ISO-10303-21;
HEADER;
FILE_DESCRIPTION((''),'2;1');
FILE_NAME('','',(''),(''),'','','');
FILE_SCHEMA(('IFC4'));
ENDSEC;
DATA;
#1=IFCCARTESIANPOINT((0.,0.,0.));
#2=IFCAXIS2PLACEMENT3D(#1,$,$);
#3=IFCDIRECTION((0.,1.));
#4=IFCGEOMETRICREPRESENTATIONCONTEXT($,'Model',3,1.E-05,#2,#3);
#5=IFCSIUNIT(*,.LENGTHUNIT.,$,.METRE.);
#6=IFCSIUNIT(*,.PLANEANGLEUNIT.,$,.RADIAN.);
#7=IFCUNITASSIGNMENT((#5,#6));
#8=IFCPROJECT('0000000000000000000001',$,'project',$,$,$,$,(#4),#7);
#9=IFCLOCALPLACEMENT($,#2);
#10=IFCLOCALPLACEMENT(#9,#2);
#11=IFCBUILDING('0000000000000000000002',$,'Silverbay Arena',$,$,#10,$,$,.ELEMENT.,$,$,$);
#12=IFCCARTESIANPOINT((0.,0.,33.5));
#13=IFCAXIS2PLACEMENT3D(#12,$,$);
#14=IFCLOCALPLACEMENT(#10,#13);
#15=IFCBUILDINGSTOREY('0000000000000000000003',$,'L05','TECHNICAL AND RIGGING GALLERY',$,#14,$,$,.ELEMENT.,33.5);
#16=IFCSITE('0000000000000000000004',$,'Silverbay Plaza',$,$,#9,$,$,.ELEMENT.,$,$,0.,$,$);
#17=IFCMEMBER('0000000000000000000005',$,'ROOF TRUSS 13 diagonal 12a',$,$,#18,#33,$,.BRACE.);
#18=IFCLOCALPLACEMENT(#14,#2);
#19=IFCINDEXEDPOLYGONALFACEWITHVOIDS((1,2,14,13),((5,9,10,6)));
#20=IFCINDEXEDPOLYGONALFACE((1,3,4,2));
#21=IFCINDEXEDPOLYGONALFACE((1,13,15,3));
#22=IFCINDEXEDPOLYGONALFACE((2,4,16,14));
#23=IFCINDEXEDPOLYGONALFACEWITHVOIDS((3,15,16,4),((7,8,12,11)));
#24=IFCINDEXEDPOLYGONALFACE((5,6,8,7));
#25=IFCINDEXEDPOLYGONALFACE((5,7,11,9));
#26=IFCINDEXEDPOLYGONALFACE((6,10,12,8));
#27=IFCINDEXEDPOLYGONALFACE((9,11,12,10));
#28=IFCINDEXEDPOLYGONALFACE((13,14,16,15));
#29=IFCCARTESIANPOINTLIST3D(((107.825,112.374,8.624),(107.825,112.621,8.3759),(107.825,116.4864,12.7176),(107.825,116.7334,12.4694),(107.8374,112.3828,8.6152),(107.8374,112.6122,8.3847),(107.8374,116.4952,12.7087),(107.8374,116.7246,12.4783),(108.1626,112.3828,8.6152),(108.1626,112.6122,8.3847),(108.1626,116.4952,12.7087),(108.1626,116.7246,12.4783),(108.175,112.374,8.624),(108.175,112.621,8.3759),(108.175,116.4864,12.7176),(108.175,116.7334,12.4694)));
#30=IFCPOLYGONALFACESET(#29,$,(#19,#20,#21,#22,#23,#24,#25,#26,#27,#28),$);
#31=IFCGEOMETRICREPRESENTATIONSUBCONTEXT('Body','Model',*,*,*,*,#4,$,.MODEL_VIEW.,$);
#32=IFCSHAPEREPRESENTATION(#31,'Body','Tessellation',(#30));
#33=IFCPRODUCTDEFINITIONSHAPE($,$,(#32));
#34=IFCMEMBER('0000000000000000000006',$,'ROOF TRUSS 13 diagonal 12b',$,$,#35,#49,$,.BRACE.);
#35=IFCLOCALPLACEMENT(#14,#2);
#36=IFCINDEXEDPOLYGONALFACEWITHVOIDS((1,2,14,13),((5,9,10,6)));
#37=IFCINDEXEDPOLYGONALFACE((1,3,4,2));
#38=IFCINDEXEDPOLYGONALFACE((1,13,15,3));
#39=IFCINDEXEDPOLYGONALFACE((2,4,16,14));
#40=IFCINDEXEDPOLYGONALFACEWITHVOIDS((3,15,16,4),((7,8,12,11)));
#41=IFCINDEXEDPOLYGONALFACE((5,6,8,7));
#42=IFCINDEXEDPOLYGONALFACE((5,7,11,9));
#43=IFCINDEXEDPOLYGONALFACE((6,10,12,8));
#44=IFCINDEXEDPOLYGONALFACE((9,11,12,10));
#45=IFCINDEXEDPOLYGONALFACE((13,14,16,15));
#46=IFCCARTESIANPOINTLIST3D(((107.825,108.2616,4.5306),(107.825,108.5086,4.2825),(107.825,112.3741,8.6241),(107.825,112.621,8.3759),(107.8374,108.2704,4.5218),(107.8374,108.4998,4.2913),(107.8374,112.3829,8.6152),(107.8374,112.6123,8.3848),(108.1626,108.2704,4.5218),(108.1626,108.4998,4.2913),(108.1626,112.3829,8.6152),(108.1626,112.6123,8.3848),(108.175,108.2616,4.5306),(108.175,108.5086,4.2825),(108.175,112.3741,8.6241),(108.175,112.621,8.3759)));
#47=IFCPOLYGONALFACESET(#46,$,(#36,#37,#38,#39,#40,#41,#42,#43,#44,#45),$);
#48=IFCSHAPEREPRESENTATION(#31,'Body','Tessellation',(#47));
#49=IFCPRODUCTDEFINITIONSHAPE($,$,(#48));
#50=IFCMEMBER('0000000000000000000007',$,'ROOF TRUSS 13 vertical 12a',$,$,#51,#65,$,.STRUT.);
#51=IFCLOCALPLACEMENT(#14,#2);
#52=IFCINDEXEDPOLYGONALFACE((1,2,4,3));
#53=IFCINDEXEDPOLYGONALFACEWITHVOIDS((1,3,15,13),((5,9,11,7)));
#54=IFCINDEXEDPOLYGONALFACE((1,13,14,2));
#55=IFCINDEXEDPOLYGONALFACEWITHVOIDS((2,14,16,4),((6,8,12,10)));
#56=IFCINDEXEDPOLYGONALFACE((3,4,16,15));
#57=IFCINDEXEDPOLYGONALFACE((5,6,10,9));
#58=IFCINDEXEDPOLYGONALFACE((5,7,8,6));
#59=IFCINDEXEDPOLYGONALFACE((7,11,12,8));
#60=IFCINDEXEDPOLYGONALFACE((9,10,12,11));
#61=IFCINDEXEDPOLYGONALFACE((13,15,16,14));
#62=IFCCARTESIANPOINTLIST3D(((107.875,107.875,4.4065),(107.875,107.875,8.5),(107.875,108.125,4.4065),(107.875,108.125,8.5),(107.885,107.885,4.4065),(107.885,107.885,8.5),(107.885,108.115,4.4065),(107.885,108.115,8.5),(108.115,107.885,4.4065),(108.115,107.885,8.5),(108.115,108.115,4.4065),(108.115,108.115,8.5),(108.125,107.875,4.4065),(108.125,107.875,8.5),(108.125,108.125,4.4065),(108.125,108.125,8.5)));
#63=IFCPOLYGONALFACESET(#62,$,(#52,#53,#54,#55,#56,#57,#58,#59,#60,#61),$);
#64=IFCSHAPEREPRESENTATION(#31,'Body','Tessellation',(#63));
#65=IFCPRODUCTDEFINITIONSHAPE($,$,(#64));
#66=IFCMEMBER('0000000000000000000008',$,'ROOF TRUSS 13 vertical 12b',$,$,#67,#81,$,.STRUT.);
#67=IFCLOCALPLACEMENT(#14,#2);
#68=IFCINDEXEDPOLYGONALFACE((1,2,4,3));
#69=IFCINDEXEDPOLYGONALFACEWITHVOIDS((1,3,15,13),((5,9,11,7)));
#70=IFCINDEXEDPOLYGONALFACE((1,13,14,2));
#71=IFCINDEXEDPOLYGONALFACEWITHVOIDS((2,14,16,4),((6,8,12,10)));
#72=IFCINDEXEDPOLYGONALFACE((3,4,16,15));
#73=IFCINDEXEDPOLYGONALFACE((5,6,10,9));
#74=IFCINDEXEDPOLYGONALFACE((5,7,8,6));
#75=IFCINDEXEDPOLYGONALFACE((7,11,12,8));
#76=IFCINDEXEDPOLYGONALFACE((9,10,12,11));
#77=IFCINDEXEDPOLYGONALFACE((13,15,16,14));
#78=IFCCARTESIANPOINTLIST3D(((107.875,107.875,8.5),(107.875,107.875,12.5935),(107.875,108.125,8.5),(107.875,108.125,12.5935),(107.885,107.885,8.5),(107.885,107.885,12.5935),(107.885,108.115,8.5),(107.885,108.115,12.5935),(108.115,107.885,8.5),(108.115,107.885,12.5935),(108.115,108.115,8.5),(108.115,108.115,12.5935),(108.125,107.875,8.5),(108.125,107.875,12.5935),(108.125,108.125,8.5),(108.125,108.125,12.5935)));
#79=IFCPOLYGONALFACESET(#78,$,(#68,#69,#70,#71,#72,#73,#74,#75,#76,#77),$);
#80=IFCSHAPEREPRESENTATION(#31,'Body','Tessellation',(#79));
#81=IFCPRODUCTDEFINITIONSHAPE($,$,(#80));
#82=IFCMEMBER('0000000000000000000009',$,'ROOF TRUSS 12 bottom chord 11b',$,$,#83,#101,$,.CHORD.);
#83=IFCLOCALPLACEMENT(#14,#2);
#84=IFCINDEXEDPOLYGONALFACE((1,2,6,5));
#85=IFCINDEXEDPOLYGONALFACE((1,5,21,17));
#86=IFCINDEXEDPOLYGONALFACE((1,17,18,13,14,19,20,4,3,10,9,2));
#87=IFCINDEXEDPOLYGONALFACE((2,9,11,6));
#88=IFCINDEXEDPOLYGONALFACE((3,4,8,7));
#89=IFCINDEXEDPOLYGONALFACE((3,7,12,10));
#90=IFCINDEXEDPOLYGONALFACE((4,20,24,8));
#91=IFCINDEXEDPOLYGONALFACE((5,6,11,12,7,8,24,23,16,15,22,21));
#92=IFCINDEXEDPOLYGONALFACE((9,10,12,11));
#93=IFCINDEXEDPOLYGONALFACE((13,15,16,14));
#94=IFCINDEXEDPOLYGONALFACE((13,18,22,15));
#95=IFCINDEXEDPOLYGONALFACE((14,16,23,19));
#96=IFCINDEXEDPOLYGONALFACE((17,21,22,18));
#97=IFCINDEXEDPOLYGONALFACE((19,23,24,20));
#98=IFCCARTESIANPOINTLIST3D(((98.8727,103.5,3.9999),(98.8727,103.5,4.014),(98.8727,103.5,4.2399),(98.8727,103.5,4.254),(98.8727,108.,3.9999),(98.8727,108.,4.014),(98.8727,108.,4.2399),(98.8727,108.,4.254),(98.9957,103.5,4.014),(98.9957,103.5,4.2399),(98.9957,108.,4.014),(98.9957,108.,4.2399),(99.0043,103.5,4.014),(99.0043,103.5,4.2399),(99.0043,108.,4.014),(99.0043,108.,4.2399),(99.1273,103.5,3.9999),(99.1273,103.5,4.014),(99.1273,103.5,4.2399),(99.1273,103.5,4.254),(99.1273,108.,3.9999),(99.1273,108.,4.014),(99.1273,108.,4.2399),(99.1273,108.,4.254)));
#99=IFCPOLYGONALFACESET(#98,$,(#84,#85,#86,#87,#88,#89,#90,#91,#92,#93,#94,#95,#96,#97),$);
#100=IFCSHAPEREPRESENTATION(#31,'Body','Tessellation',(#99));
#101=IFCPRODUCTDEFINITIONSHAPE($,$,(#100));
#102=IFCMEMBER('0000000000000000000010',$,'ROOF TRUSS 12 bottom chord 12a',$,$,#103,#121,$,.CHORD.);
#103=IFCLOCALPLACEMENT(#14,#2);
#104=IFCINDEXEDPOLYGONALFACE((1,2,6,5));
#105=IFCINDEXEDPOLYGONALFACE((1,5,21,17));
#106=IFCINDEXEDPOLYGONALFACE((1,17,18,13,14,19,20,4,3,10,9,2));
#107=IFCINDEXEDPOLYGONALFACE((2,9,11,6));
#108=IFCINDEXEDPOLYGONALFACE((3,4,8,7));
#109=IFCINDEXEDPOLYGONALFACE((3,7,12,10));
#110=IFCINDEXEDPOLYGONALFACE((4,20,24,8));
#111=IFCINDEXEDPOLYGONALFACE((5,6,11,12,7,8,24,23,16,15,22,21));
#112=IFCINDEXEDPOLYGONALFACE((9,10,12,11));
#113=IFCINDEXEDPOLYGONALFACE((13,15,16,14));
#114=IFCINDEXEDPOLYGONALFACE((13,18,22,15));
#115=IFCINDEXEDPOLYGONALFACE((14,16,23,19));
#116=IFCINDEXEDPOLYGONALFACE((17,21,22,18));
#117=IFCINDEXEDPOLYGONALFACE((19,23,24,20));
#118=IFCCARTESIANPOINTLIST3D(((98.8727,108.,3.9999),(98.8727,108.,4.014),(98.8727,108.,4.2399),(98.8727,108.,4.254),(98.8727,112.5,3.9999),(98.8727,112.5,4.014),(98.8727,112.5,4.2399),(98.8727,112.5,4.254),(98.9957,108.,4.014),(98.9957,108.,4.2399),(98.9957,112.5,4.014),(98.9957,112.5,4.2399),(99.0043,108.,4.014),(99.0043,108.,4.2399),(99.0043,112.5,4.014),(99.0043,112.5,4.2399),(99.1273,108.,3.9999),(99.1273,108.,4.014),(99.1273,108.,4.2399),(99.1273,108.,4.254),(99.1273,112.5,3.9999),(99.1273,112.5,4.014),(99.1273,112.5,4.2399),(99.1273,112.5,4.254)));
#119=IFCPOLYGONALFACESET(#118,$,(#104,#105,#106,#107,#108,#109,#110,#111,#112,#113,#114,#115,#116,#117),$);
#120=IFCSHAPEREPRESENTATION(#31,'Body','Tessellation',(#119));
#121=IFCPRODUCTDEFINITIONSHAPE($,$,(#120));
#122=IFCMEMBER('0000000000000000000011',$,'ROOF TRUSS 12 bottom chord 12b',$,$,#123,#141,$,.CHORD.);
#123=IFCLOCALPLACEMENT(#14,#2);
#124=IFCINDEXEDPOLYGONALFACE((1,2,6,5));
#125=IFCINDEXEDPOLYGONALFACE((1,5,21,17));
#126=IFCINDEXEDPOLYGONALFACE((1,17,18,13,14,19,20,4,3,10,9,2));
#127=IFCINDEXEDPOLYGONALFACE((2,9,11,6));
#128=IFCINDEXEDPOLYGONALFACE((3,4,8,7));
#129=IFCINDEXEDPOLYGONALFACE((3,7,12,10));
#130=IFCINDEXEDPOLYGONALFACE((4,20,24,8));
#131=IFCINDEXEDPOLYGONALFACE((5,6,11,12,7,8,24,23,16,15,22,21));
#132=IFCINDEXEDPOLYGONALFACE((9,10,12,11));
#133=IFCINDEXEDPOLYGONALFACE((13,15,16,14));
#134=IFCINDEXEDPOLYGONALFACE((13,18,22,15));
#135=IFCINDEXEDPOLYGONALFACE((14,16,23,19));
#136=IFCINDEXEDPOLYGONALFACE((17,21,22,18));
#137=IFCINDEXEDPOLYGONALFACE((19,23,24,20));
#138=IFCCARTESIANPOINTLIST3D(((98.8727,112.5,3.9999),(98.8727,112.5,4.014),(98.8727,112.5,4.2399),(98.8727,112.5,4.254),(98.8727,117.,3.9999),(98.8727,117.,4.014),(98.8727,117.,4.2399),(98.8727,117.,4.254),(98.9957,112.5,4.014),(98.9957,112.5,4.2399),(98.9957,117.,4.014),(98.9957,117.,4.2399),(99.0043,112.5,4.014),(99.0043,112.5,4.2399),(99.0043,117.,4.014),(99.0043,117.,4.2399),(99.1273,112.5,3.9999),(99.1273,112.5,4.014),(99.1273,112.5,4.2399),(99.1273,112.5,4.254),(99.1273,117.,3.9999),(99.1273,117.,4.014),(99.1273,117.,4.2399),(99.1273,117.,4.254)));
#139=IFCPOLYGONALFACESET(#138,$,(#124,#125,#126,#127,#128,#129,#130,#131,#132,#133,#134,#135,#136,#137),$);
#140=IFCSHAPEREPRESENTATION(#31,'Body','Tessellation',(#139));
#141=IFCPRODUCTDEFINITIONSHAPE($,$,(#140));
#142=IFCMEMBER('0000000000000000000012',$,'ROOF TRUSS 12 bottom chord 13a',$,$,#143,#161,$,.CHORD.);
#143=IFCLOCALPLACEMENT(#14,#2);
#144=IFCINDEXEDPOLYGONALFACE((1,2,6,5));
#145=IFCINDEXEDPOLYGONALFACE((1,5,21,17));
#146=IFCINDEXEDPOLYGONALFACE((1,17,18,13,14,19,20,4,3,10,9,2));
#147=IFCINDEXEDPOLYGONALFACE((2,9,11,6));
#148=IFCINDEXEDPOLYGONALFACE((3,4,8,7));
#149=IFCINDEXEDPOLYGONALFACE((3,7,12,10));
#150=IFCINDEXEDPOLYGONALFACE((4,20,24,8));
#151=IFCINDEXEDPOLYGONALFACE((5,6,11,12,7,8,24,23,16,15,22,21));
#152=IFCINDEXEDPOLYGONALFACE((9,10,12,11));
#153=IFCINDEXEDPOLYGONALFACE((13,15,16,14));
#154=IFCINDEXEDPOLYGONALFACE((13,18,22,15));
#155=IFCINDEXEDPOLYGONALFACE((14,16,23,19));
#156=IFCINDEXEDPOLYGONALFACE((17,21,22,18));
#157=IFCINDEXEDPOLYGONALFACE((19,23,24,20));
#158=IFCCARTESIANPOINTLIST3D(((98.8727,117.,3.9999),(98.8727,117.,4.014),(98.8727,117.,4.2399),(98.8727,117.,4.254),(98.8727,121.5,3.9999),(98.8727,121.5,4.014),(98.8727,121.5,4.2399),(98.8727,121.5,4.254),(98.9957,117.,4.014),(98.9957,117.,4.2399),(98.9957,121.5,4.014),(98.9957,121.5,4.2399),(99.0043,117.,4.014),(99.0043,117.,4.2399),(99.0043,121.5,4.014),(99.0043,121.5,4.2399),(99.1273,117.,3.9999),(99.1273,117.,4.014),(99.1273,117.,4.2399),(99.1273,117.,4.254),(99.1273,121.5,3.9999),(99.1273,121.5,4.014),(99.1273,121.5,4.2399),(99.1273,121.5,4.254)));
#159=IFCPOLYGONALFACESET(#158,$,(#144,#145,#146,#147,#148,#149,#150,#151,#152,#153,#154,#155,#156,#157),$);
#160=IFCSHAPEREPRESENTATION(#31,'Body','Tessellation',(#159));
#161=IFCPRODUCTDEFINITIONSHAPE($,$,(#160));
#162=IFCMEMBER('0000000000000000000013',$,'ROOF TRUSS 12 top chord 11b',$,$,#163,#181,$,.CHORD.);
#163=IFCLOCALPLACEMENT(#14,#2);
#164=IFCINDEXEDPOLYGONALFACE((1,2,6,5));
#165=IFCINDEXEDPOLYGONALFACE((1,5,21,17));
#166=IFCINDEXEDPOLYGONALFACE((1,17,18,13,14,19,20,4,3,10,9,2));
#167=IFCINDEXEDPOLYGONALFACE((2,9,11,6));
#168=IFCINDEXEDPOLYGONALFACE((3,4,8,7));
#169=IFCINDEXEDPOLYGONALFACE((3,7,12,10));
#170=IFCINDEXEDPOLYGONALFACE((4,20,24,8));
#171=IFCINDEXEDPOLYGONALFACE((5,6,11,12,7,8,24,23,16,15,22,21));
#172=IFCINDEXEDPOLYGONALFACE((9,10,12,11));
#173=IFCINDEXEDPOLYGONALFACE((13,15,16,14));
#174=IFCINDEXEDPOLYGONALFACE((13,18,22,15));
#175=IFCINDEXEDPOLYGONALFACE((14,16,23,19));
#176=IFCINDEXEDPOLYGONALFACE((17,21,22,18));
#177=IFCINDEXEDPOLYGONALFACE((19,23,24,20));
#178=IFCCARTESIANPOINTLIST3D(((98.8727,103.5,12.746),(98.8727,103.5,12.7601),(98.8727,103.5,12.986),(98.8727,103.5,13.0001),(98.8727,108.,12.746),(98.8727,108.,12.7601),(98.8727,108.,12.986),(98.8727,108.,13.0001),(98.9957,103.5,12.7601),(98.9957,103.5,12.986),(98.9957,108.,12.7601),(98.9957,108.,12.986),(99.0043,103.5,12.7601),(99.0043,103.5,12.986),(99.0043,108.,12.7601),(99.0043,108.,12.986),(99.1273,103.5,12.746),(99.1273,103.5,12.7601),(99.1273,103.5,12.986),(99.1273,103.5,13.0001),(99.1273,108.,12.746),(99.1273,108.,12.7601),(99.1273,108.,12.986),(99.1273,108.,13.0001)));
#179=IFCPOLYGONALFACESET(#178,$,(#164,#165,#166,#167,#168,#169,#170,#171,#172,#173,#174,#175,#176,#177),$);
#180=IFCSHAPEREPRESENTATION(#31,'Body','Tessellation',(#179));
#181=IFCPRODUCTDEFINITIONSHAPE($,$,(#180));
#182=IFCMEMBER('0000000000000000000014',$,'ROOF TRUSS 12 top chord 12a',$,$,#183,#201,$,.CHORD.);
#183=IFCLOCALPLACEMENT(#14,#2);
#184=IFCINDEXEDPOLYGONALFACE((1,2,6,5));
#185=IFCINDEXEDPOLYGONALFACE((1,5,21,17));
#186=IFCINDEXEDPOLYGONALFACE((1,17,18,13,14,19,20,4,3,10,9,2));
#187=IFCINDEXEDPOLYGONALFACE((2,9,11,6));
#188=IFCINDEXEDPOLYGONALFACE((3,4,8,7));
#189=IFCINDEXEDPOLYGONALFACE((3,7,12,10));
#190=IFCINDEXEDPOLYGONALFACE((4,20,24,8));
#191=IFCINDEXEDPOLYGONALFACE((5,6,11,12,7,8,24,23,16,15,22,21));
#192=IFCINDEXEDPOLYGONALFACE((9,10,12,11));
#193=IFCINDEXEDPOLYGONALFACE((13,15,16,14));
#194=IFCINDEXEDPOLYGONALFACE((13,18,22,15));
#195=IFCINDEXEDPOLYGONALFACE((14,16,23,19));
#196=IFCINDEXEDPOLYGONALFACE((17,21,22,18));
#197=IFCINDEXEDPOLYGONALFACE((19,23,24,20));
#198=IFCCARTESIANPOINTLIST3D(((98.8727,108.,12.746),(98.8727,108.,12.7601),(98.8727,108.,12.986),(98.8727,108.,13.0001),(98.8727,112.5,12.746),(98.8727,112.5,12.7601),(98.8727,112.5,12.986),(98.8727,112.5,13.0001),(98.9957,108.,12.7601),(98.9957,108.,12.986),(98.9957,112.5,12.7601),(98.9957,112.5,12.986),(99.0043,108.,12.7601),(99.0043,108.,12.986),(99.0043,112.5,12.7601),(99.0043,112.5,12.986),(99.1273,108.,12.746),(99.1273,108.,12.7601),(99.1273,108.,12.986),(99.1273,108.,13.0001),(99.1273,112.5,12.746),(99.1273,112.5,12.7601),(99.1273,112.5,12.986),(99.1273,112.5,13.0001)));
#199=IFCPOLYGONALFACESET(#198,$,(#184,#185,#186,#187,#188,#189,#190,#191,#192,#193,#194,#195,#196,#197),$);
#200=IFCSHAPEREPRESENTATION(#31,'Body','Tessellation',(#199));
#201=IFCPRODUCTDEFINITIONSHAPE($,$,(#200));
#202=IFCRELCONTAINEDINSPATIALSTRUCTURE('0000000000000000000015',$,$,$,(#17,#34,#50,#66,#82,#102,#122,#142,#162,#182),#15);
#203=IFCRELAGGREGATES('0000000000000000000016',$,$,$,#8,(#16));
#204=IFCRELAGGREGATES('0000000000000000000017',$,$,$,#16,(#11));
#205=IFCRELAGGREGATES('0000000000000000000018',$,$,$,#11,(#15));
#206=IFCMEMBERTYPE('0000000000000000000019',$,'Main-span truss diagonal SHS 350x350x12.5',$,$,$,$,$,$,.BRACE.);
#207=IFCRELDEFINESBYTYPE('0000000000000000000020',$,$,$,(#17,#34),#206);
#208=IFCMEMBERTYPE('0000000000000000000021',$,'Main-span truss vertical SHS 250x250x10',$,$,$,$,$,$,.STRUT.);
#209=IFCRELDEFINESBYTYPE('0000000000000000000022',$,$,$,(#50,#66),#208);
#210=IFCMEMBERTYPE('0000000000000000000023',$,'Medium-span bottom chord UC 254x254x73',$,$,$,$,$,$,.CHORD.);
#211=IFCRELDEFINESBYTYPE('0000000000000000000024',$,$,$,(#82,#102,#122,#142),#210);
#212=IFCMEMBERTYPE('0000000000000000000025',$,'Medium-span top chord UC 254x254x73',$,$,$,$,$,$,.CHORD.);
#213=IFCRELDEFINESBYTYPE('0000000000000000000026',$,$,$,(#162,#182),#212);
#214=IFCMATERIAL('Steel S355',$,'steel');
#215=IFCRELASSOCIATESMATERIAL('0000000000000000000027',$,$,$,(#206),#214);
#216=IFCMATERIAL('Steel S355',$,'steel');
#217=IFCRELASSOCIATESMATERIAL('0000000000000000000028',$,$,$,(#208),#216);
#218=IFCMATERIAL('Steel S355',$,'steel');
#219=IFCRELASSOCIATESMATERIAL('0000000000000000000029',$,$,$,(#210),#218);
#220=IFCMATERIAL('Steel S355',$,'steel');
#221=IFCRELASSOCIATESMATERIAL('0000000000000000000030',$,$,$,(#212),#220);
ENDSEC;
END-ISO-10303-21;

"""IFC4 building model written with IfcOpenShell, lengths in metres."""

from ifc_helpers import new_model, si_unit, direction, frame, origin, origin_2d, place, context, subcontext, project, spatial, hollow_rectangle, i_section, extrude, material, material_profile, profile_set, type_object, element, save


model = new_model("IFC4")

# Units and contexts
model_context = context("Model", 3, precision=1e-05, world=origin(), true_north=direction((0.0, 1.0)))
body_context = subcontext(model_context, "Body", "Model", "MODEL_VIEW")
ifc_project = project(units=[si_unit("LENGTHUNIT", "METRE"), si_unit("PLANEANGLEUNIT", "RADIAN")], contexts=[model_context])

# Site, building, storey
site_placement = place(None, origin())
site = spatial("IfcSite", under=ifc_project, at=site_placement, Name="Silverbay Plaza", CompositionType="ELEMENT", RefElevation=0.0)
building_placement = place(site_placement, origin())
building = spatial("IfcBuilding", under=site, at=building_placement, Name="Silverbay Arena", CompositionType="ELEMENT")
storey_placement = place(building_placement, frame((0.0, 0.0, 33.5)))
storey = spatial("IfcBuildingStorey", under=building, at=storey_placement, Name="L05", Description="TECHNICAL AND RIGGING GALLERY", CompositionType="ELEMENT", Elevation=33.5)

# Members
ifc_material_1 = material(Name="Steel S355", Category="steel")
ifc_material_profile_1 = material_profile(ifc_material_1, hollow_rectangle(XDim=0.3501, YDim=0.3501, WallThickness=0.0125, at=origin_2d()), Name="SHS 350x350x12.5")
ifc_profile_set_1 = profile_set([ifc_material_profile_1], Name="Steel S355")
member_type_1 = type_object("IfcMemberType", Name="Main-span truss diagonal SHS 350x350x12.5", PredefinedType="BRACE", material=ifc_profile_set_1)
for number, where, z_axis, x_axis, name in (
    (1, (108.0, 116.6099, 12.5935), (0.0, -0.708725, -0.705485), (1.0, 0.0, 0.0), "ROOF TRUSS 13 diagonal 12a"),
    (2, (108.0, 112.4976, 8.5), (0.0, -0.708746, -0.705464), (1.0, 0.0, 0.0), "ROOF TRUSS 13 diagonal 12b"),
):
    element("IfcMember", number, at=place(storey_placement, frame(where, z_axis=z_axis, x_axis=x_axis)), inside=storey, type_object=member_type_1, Name=name, PredefinedType="BRACE", context=body_context, shape_type="SweptSolid", body=[
        extrude(hollow_rectangle(XDim=0.3501, YDim=0.3501, WallThickness=0.0125, at=origin_2d()), origin(), (0.0, 0.0, 1.0), 5.8025),
    ])
ifc_material_2 = material(Name="Steel S355", Category="steel")
ifc_material_profile_2 = material_profile(ifc_material_2, hollow_rectangle(XDim=0.25, YDim=0.25, WallThickness=0.01, at=origin_2d()), Name="SHS 250x250x10")
ifc_profile_set_2 = profile_set([ifc_material_profile_2], Name="Steel S355")
member_type_2 = type_object("IfcMemberType", Name="Main-span truss vertical SHS 250x250x10", PredefinedType="STRUT", material=ifc_profile_set_2)
for number, where, z_axis, x_axis, name in (
    (3, (108.0, 108.0, 4.4065), (0.0, 0.0, 1.0), (1.0, 0.0, 0.0), "ROOF TRUSS 13 vertical 12a"),
    (4, (108.0, 108.0, 8.5), (0.0, 0.0, 1.0), (1.0, 0.0, 0.0), "ROOF TRUSS 13 vertical 12b"),
):
    element("IfcMember", number, at=place(storey_placement, frame(where, z_axis=z_axis, x_axis=x_axis)), inside=storey, type_object=member_type_2, Name=name, PredefinedType="STRUT", context=body_context, shape_type="SweptSolid", body=[
        extrude(hollow_rectangle(XDim=0.25, YDim=0.25, WallThickness=0.01, at=origin_2d()), origin(), (0.0, 0.0, 1.0), 4.0935),
    ])
ifc_material_3 = material(Name="Steel S355", Category="steel")
ifc_material_profile_3 = material_profile(ifc_material_3, i_section(OverallWidth=0.2546, OverallDepth=0.2542, WebThickness=0.0085, FlangeThickness=0.0142, at=origin_2d()), Name="UC 254x254x73")
ifc_profile_set_3 = profile_set([ifc_material_profile_3], Name="Steel S355")
member_type_3 = type_object("IfcMemberType", Name="Medium-span bottom chord UC 254x254x73", PredefinedType="CHORD", material=ifc_profile_set_3)
for number, where, z_axis, x_axis, name in (
    (5, (99.0, 103.5, 4.127), (0.0, 1.0, 0.0), (-1.0, 0.0, 0.0), "ROOF TRUSS 12 bottom chord 11b"),
    (6, (99.0, 108.0, 4.127), (0.0, 1.0, 0.0), (-1.0, 0.0, 0.0), "ROOF TRUSS 12 bottom chord 12a"),
    (7, (99.0, 112.5, 4.127), (0.0, 1.0, 0.0), (-1.0, 0.0, 0.0), "ROOF TRUSS 12 bottom chord 12b"),
    (8, (99.0, 117.0, 4.127), (0.0, 1.0, 0.0), (-1.0, 0.0, 0.0), "ROOF TRUSS 12 bottom chord 13a"),
):
    element("IfcMember", number, at=place(storey_placement, frame(where, z_axis=z_axis, x_axis=x_axis)), inside=storey, type_object=member_type_3, Name=name, PredefinedType="CHORD", context=body_context, shape_type="SweptSolid", body=[
        extrude(i_section(OverallWidth=0.2546, OverallDepth=0.2542, WebThickness=0.0085, FlangeThickness=0.0142, at=origin_2d()), origin(), (0.0, 0.0, 1.0), 4.5),
    ])
ifc_material_4 = material(Name="Steel S355", Category="steel")
ifc_material_profile_4 = material_profile(ifc_material_4, i_section(OverallWidth=0.2546, OverallDepth=0.2542, WebThickness=0.0085, FlangeThickness=0.0142, at=origin_2d()), Name="UC 254x254x73")
ifc_profile_set_4 = profile_set([ifc_material_profile_4], Name="Steel S355")
member_type_4 = type_object("IfcMemberType", Name="Medium-span top chord UC 254x254x73", PredefinedType="CHORD", material=ifc_profile_set_4)
for number, where, z_axis, x_axis, name in (
    (9, (99.0, 103.5, 12.873), (0.0, 1.0, 0.0), (-1.0, 0.0, 0.0), "ROOF TRUSS 12 top chord 11b"),
    (10, (99.0, 108.0, 12.873), (0.0, 1.0, 0.0), (-1.0, 0.0, 0.0), "ROOF TRUSS 12 top chord 12a"),
):
    element("IfcMember", number, at=place(storey_placement, frame(where, z_axis=z_axis, x_axis=x_axis)), inside=storey, type_object=member_type_4, Name=name, PredefinedType="CHORD", context=body_context, shape_type="SweptSolid", body=[
        extrude(i_section(OverallWidth=0.2546, OverallDepth=0.2542, WebThickness=0.0085, FlangeThickness=0.0142, at=origin_2d()), origin(), (0.0, 0.0, 1.0), 4.5),
    ])

save(model, "model.ifc")
